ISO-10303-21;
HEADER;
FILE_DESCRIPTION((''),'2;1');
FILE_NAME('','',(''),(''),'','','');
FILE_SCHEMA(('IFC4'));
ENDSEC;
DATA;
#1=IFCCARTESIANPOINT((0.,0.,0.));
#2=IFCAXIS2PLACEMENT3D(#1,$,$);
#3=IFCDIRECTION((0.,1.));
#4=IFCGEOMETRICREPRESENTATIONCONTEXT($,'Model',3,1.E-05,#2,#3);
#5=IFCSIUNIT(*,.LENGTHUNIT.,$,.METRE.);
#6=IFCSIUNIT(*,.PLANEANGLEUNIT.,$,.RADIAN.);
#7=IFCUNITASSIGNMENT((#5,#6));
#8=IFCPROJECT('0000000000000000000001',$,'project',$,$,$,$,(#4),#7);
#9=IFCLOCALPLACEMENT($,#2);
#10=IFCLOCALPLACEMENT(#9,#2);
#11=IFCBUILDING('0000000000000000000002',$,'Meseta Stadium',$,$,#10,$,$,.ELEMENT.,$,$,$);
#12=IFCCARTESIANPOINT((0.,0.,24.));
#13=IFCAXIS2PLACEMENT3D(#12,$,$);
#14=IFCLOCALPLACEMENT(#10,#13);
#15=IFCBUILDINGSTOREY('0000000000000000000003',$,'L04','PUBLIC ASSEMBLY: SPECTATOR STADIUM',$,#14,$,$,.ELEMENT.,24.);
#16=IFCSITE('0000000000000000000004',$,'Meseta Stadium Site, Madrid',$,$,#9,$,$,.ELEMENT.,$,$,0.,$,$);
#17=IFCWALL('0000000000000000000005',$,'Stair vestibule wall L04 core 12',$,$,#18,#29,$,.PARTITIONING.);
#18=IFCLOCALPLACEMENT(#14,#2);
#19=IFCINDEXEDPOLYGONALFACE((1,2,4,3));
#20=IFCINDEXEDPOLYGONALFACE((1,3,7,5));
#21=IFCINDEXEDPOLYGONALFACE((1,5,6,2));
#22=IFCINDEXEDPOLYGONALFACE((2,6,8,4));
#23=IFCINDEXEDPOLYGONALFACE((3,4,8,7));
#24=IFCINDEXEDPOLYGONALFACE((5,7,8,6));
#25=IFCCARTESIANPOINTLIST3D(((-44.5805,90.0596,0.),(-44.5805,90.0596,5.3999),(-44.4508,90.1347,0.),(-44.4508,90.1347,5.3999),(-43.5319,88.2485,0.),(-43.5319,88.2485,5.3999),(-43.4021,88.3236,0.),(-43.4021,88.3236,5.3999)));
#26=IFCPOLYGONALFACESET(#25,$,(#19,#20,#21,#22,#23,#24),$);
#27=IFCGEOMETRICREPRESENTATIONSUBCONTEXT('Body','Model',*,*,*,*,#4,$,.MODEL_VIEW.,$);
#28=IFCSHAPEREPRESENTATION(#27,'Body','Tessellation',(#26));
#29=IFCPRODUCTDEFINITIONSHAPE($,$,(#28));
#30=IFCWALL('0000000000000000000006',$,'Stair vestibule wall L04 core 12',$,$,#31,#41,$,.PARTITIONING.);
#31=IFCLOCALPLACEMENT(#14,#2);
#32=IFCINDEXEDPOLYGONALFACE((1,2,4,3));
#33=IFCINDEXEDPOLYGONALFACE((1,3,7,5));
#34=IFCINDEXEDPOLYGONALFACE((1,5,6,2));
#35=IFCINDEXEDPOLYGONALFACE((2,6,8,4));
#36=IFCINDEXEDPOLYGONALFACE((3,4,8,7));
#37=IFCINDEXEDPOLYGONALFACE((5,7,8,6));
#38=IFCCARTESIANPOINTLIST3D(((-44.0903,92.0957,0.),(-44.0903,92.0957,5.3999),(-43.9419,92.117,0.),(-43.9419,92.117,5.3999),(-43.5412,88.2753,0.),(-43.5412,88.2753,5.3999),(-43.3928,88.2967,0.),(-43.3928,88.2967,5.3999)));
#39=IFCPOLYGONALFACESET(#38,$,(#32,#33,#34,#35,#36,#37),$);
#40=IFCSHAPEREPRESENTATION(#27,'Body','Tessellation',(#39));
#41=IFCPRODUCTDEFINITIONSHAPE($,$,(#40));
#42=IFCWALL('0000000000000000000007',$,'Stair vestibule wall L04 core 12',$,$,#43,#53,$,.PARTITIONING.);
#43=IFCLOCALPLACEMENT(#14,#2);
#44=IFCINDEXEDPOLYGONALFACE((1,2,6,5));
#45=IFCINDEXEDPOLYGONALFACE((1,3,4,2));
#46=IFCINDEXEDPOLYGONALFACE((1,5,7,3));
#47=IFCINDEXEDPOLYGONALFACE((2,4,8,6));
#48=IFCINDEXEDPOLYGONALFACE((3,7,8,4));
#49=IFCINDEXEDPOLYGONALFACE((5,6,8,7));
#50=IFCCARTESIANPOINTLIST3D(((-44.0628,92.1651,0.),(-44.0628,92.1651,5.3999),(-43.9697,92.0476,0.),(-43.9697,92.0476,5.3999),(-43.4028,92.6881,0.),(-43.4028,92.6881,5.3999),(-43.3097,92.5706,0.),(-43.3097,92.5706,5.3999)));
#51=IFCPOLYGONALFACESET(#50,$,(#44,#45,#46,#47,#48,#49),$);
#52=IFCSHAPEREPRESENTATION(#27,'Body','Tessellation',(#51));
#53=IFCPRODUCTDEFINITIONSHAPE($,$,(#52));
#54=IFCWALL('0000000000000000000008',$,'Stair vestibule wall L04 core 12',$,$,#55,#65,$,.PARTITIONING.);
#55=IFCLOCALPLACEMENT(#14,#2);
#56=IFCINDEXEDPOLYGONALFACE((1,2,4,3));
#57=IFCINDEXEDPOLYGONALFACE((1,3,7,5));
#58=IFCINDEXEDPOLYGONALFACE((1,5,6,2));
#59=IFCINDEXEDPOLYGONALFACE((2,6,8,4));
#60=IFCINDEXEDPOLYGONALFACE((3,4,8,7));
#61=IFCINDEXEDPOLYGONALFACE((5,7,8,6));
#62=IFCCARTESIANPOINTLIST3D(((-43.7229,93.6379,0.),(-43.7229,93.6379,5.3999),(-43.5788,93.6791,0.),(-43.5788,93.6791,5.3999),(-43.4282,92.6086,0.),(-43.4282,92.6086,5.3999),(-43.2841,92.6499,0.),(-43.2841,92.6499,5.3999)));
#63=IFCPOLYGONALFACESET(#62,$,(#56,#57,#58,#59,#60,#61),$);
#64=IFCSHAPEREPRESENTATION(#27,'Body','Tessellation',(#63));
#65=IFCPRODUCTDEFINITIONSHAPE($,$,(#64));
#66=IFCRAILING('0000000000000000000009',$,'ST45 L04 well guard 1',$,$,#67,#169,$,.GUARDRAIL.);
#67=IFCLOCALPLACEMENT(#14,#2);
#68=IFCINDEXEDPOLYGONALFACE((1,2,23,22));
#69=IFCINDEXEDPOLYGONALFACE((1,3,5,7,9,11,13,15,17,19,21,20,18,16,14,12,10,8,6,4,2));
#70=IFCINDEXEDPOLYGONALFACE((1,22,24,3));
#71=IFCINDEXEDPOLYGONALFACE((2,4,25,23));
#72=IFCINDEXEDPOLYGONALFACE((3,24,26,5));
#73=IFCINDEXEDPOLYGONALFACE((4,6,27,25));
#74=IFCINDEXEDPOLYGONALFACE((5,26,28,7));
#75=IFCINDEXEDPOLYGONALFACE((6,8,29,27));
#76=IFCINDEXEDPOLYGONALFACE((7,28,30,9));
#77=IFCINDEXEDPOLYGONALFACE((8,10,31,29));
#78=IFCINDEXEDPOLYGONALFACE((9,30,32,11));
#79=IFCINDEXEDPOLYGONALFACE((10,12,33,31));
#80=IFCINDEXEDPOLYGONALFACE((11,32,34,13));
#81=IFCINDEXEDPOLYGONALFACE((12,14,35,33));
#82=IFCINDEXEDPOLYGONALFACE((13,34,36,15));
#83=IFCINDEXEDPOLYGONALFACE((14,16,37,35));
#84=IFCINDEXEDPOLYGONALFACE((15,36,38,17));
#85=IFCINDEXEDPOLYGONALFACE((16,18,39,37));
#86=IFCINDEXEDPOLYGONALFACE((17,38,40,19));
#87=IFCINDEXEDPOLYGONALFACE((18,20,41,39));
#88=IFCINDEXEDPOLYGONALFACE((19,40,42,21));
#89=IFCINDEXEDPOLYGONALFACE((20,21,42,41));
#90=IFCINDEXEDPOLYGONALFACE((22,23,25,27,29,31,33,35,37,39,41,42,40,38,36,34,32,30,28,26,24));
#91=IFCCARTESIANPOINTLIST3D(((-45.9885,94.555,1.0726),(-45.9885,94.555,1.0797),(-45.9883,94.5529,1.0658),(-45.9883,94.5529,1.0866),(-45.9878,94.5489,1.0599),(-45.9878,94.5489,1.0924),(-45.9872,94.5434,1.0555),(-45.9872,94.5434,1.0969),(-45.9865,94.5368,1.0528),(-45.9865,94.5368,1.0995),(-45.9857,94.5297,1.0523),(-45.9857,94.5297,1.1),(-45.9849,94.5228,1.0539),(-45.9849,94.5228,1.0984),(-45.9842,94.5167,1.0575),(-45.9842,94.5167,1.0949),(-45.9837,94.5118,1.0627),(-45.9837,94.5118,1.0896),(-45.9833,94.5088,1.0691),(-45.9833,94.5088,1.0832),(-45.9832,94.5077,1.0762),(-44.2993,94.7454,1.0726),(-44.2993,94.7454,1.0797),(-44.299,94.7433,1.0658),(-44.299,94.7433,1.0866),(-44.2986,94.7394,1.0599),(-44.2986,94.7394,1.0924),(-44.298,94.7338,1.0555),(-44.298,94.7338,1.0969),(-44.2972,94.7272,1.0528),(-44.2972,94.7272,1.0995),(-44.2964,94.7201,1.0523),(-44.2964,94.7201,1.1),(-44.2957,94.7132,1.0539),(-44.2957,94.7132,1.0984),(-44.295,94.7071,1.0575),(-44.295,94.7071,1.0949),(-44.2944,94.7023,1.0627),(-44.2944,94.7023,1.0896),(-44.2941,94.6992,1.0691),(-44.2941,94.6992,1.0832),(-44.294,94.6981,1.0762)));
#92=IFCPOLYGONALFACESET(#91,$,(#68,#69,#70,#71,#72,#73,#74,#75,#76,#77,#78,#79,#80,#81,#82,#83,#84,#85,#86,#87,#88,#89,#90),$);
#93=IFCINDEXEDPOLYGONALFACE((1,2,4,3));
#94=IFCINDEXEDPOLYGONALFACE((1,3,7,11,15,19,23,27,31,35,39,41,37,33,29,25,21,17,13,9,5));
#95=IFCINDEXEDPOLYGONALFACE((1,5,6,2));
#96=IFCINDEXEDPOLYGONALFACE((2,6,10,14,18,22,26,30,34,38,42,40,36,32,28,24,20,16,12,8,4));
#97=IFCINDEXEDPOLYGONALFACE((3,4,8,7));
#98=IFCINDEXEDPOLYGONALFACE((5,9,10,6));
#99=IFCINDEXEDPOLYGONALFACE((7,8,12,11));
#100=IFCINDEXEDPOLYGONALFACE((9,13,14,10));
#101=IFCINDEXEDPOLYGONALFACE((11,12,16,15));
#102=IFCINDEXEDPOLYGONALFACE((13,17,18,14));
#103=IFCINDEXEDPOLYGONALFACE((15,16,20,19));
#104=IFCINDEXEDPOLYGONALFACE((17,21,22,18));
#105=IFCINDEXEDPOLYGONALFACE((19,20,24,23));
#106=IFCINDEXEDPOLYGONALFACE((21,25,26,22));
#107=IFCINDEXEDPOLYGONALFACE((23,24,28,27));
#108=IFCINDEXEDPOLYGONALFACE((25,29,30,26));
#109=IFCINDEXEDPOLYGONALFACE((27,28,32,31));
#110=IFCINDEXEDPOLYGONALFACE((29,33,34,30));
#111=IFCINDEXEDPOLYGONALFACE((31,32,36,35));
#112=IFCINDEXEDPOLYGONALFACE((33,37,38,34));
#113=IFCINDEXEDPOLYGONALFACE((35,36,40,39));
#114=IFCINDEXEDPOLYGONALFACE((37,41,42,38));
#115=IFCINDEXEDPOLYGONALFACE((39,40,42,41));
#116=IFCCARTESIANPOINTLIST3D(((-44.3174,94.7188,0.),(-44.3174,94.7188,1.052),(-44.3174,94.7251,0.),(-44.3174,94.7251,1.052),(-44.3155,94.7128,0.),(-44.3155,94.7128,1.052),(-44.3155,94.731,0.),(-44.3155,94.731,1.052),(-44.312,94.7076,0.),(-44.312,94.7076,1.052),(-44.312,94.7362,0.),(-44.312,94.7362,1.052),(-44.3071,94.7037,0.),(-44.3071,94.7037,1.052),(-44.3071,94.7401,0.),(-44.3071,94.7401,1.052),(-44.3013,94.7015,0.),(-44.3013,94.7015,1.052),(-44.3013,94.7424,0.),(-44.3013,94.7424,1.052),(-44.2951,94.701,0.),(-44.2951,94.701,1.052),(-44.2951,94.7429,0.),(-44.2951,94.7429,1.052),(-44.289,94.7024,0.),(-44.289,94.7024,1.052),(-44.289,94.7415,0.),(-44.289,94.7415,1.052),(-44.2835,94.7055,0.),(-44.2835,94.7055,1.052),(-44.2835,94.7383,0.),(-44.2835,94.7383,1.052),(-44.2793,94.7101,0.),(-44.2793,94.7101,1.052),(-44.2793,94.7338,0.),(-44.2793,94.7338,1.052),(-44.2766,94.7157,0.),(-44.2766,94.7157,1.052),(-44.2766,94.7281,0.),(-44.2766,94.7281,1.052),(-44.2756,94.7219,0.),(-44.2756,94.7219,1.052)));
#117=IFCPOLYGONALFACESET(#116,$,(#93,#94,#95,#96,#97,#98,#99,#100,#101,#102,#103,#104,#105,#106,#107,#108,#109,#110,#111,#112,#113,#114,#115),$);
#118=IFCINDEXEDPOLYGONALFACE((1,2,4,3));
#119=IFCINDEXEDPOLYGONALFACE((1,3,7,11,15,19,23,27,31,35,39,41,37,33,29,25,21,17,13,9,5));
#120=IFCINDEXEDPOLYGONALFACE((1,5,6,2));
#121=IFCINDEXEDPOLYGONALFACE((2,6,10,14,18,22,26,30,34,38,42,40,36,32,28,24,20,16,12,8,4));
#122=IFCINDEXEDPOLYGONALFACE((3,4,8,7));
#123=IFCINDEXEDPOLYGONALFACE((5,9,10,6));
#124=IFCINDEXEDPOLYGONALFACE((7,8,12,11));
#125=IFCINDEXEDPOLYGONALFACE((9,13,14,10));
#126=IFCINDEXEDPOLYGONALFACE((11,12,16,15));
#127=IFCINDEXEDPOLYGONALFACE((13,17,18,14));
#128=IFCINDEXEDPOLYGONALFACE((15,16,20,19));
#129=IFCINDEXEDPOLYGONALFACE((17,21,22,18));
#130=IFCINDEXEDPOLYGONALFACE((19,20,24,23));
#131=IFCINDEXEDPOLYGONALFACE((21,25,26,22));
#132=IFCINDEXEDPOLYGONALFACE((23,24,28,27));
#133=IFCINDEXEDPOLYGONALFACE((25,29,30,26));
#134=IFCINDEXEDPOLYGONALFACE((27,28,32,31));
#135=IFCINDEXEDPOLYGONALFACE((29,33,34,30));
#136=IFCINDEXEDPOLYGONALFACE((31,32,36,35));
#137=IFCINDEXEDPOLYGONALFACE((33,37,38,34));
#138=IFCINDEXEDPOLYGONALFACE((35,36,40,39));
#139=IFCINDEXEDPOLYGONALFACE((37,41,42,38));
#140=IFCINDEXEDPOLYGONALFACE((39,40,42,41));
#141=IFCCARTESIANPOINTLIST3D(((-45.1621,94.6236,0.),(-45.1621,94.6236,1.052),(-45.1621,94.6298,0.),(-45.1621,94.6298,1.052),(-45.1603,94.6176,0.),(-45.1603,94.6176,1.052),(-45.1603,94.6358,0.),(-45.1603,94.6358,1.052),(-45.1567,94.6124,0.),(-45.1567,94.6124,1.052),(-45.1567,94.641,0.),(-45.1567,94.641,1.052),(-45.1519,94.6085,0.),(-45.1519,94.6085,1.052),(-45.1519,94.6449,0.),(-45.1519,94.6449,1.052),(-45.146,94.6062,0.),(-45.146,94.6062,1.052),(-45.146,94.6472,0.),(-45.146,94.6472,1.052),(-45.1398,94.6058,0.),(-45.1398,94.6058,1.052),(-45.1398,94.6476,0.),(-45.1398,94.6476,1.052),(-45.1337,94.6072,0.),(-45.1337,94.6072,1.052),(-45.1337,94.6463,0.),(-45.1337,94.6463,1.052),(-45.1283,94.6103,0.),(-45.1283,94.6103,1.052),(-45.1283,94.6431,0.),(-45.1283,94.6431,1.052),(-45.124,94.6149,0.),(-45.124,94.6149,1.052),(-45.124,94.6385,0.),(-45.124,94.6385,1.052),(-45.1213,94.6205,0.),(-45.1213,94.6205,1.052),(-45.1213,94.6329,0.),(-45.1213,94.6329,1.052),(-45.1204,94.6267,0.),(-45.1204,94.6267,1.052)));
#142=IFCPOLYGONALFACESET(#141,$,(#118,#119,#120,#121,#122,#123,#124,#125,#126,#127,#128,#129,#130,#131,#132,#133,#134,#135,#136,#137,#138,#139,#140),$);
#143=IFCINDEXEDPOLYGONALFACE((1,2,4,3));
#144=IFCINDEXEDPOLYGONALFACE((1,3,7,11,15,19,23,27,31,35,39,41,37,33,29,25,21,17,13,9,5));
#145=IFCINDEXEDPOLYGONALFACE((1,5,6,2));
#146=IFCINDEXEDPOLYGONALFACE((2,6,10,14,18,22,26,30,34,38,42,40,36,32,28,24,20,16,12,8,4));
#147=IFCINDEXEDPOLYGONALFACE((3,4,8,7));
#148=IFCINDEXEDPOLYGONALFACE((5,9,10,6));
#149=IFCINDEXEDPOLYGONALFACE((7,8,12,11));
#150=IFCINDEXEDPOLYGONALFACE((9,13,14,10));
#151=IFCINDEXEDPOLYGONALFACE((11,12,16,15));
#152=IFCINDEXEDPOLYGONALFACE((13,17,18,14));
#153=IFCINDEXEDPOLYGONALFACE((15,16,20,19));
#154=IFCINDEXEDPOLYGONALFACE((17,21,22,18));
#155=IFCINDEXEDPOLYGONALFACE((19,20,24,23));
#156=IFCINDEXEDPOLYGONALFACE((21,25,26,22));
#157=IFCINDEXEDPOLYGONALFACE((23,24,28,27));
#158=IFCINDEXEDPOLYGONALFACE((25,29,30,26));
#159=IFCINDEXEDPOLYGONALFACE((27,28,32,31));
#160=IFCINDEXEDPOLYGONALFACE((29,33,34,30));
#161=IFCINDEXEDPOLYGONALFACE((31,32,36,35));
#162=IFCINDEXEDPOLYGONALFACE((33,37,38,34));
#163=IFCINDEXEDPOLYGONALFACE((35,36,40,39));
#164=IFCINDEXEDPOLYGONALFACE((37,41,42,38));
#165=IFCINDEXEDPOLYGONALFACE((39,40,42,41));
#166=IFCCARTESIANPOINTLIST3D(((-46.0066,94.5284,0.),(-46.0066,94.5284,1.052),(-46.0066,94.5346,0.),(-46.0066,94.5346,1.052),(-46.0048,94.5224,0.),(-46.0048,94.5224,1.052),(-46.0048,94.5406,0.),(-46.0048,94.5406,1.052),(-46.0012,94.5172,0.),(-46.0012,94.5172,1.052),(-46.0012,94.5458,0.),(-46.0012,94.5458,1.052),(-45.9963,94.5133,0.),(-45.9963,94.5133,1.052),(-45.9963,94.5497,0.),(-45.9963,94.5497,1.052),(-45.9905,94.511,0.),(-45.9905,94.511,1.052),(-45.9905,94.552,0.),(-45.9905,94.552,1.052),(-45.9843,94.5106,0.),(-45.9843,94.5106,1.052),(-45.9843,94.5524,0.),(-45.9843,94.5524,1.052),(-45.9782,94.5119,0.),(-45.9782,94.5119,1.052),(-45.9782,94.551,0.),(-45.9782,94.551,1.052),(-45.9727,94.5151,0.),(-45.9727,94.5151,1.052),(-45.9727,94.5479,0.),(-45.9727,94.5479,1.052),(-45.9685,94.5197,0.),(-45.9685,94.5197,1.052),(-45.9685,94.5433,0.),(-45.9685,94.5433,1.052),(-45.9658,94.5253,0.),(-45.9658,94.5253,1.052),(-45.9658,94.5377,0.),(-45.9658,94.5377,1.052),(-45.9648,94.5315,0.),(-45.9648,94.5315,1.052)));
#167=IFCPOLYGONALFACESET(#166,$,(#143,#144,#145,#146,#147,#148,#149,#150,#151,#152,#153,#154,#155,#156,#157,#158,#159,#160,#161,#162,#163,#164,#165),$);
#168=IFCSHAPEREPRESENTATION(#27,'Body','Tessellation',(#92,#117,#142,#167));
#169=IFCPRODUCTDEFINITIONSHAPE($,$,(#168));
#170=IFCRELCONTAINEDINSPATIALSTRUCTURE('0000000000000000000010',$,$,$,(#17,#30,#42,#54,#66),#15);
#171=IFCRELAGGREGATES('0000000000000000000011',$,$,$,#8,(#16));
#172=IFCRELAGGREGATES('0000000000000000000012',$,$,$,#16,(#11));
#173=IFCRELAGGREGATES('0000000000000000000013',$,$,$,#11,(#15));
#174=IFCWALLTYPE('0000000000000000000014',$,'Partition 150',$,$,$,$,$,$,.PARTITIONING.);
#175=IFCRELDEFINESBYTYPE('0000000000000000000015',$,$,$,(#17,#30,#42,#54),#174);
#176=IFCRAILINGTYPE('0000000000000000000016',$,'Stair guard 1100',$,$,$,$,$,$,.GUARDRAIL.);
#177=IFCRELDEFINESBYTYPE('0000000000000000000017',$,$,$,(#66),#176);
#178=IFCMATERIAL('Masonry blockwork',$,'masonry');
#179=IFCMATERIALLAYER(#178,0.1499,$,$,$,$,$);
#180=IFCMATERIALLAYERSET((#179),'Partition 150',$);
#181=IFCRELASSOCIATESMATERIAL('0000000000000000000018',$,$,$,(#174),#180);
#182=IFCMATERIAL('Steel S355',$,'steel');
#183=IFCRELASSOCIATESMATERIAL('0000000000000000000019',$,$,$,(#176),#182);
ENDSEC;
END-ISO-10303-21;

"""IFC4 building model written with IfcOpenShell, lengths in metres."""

from ifc_helpers import new_model, si_unit, direction, frame, frame_2d, origin, origin_2d, place, context, subcontext, project, spatial, rectangle, circle, extrude, material, layer, layer_set, type_object, element, save


model = new_model("IFC4")

# Units and contexts
model_context = context("Model", 3, precision=1e-05, world=origin(), true_north=direction((0.0, 1.0)))
body_context = subcontext(model_context, "Body", "Model", "MODEL_VIEW")
ifc_project = project(units=[si_unit("LENGTHUNIT", "METRE"), si_unit("PLANEANGLEUNIT", "RADIAN")], contexts=[model_context])

# Site, building, storey
site_placement = place(None, origin())
site = spatial("IfcSite", under=ifc_project, at=site_placement, Name="Meseta Stadium Site, Madrid", CompositionType="ELEMENT", RefElevation=0.0)
building_placement = place(site_placement, origin())
building = spatial("IfcBuilding", under=site, at=building_placement, Name="Meseta Stadium", CompositionType="ELEMENT")
storey_placement = place(building_placement, frame((0.0, 0.0, 24.0)))
storey = spatial("IfcBuildingStorey", under=building, at=storey_placement, Name="L04", Description="PUBLIC ASSEMBLY: SPECTATOR STADIUM", CompositionType="ELEMENT", Elevation=24.0)

# Walls
ifc_material_1 = material(Name="Masonry blockwork", Category="masonry")
ifc_layer_1 = layer(ifc_material_1, 0.1499)
ifc_layer_set_1 = layer_set([ifc_layer_1], Name="Partition 150")
wall_type_1 = type_object("IfcWallType", Name="Partition 150", PredefinedType="PARTITIONING", material=ifc_layer_set_1)
wall_1_placement = place(storey_placement, frame((-44.5156, 90.0972, 0.0), z_axis=(0.0, 0.0, 1.0), x_axis=(0.501068, -0.865408, 0.0)))
element("IfcWall", 1, at=wall_1_placement, inside=storey, type_object=wall_type_1, Name="Stair vestibule wall L04 core 12", PredefinedType="PARTITIONING", context=body_context, shape_type="SweptSolid", body=[
    extrude(rectangle(XDim=2.0928, YDim=0.1499, at=frame_2d((1.0464, 0.0))), origin(), (0.0, 0.0, 1.0), 5.3999),
])
wall_2_placement = place(storey_placement, frame((-43.467, 88.2861, 0.0), z_axis=(0.0, 0.0, 1.0), x_axis=(-0.142263, 0.989829, 0.0)))
element("IfcWall", 2, at=wall_2_placement, inside=storey, type_object=wall_type_1, Name="Stair vestibule wall L04 core 12", PredefinedType="PARTITIONING", context=body_context, shape_type="SweptSolid", body=[
    extrude(rectangle(XDim=3.8596, YDim=0.1499, at=frame_2d((1.9297, 0.0))), origin(), (0.0, 0.0, 1.0), 5.3999),
])
wall_3_placement = place(storey_placement, frame((-44.0161, 92.1064, 0.0), z_axis=(0.0, 0.0, 1.0), x_axis=(0.783746, 0.621082, 0.0)))
element("IfcWall", 3, at=wall_3_placement, inside=storey, type_object=wall_type_1, Name="Stair vestibule wall L04 core 12", PredefinedType="PARTITIONING", context=body_context, shape_type="SweptSolid", body=[
    extrude(rectangle(XDim=0.842, YDim=0.1499, at=frame_2d((0.4209, 0.0))), origin(), (0.0, 0.0, 1.0), 5.3999),
])
wall_4_placement = place(storey_placement, frame((-43.3562, 92.6294, 0.0), z_axis=(0.0, 0.0, 1.0), x_axis=(-0.275233, 0.961378, 0.0)))
element("IfcWall", 4, at=wall_4_placement, inside=storey, type_object=wall_type_1, Name="Stair vestibule wall L04 core 12", PredefinedType="PARTITIONING", context=body_context, shape_type="SweptSolid", body=[
    extrude(rectangle(XDim=1.0706, YDim=0.1499, at=frame_2d((0.5352, 0.0))), origin(), (0.0, 0.0, 1.0), 5.3999),
])

# Railing
ifc_material_2 = material(Name="Steel S355", Category="steel")
railing_type = type_object("IfcRailingType", Name="Stair guard 1100", PredefinedType="GUARDRAIL", material=ifc_material_2)
for number, where, name in (
    (5, (-44.2966, 94.7219, 0.0), "ST45 L04 well guard 1"),
):
    element("IfcRailing", number, at=place(storey_placement, frame(where)), inside=storey, type_object=railing_type, Name=name, PredefinedType="GUARDRAIL", context=body_context, shape_type="SweptSolid", body=[
        extrude(circle(Radius=0.0239, at=origin_2d()), frame((0.0, 0.0, 1.0762), z_axis=(-0.993706, -0.112023, 0.0), x_axis=(0.112023, -0.993706, 0.0)), (0.0, 0.0, 1.0), 1.7),
        extrude(circle(Radius=0.021, at=origin_2d()), origin(), (0.0, 0.0, 1.0), 1.052),
        extrude(circle(Radius=0.021, at=origin_2d()), frame((-0.8447, -0.0952, 0.0)), (0.0, 0.0, 1.0), 1.052),
        extrude(circle(Radius=0.021, at=origin_2d()), frame((-1.6892, -0.1904, 0.0)), (0.0, 0.0, 1.0), 1.052),
    ])

save(model, "model.ifc")
